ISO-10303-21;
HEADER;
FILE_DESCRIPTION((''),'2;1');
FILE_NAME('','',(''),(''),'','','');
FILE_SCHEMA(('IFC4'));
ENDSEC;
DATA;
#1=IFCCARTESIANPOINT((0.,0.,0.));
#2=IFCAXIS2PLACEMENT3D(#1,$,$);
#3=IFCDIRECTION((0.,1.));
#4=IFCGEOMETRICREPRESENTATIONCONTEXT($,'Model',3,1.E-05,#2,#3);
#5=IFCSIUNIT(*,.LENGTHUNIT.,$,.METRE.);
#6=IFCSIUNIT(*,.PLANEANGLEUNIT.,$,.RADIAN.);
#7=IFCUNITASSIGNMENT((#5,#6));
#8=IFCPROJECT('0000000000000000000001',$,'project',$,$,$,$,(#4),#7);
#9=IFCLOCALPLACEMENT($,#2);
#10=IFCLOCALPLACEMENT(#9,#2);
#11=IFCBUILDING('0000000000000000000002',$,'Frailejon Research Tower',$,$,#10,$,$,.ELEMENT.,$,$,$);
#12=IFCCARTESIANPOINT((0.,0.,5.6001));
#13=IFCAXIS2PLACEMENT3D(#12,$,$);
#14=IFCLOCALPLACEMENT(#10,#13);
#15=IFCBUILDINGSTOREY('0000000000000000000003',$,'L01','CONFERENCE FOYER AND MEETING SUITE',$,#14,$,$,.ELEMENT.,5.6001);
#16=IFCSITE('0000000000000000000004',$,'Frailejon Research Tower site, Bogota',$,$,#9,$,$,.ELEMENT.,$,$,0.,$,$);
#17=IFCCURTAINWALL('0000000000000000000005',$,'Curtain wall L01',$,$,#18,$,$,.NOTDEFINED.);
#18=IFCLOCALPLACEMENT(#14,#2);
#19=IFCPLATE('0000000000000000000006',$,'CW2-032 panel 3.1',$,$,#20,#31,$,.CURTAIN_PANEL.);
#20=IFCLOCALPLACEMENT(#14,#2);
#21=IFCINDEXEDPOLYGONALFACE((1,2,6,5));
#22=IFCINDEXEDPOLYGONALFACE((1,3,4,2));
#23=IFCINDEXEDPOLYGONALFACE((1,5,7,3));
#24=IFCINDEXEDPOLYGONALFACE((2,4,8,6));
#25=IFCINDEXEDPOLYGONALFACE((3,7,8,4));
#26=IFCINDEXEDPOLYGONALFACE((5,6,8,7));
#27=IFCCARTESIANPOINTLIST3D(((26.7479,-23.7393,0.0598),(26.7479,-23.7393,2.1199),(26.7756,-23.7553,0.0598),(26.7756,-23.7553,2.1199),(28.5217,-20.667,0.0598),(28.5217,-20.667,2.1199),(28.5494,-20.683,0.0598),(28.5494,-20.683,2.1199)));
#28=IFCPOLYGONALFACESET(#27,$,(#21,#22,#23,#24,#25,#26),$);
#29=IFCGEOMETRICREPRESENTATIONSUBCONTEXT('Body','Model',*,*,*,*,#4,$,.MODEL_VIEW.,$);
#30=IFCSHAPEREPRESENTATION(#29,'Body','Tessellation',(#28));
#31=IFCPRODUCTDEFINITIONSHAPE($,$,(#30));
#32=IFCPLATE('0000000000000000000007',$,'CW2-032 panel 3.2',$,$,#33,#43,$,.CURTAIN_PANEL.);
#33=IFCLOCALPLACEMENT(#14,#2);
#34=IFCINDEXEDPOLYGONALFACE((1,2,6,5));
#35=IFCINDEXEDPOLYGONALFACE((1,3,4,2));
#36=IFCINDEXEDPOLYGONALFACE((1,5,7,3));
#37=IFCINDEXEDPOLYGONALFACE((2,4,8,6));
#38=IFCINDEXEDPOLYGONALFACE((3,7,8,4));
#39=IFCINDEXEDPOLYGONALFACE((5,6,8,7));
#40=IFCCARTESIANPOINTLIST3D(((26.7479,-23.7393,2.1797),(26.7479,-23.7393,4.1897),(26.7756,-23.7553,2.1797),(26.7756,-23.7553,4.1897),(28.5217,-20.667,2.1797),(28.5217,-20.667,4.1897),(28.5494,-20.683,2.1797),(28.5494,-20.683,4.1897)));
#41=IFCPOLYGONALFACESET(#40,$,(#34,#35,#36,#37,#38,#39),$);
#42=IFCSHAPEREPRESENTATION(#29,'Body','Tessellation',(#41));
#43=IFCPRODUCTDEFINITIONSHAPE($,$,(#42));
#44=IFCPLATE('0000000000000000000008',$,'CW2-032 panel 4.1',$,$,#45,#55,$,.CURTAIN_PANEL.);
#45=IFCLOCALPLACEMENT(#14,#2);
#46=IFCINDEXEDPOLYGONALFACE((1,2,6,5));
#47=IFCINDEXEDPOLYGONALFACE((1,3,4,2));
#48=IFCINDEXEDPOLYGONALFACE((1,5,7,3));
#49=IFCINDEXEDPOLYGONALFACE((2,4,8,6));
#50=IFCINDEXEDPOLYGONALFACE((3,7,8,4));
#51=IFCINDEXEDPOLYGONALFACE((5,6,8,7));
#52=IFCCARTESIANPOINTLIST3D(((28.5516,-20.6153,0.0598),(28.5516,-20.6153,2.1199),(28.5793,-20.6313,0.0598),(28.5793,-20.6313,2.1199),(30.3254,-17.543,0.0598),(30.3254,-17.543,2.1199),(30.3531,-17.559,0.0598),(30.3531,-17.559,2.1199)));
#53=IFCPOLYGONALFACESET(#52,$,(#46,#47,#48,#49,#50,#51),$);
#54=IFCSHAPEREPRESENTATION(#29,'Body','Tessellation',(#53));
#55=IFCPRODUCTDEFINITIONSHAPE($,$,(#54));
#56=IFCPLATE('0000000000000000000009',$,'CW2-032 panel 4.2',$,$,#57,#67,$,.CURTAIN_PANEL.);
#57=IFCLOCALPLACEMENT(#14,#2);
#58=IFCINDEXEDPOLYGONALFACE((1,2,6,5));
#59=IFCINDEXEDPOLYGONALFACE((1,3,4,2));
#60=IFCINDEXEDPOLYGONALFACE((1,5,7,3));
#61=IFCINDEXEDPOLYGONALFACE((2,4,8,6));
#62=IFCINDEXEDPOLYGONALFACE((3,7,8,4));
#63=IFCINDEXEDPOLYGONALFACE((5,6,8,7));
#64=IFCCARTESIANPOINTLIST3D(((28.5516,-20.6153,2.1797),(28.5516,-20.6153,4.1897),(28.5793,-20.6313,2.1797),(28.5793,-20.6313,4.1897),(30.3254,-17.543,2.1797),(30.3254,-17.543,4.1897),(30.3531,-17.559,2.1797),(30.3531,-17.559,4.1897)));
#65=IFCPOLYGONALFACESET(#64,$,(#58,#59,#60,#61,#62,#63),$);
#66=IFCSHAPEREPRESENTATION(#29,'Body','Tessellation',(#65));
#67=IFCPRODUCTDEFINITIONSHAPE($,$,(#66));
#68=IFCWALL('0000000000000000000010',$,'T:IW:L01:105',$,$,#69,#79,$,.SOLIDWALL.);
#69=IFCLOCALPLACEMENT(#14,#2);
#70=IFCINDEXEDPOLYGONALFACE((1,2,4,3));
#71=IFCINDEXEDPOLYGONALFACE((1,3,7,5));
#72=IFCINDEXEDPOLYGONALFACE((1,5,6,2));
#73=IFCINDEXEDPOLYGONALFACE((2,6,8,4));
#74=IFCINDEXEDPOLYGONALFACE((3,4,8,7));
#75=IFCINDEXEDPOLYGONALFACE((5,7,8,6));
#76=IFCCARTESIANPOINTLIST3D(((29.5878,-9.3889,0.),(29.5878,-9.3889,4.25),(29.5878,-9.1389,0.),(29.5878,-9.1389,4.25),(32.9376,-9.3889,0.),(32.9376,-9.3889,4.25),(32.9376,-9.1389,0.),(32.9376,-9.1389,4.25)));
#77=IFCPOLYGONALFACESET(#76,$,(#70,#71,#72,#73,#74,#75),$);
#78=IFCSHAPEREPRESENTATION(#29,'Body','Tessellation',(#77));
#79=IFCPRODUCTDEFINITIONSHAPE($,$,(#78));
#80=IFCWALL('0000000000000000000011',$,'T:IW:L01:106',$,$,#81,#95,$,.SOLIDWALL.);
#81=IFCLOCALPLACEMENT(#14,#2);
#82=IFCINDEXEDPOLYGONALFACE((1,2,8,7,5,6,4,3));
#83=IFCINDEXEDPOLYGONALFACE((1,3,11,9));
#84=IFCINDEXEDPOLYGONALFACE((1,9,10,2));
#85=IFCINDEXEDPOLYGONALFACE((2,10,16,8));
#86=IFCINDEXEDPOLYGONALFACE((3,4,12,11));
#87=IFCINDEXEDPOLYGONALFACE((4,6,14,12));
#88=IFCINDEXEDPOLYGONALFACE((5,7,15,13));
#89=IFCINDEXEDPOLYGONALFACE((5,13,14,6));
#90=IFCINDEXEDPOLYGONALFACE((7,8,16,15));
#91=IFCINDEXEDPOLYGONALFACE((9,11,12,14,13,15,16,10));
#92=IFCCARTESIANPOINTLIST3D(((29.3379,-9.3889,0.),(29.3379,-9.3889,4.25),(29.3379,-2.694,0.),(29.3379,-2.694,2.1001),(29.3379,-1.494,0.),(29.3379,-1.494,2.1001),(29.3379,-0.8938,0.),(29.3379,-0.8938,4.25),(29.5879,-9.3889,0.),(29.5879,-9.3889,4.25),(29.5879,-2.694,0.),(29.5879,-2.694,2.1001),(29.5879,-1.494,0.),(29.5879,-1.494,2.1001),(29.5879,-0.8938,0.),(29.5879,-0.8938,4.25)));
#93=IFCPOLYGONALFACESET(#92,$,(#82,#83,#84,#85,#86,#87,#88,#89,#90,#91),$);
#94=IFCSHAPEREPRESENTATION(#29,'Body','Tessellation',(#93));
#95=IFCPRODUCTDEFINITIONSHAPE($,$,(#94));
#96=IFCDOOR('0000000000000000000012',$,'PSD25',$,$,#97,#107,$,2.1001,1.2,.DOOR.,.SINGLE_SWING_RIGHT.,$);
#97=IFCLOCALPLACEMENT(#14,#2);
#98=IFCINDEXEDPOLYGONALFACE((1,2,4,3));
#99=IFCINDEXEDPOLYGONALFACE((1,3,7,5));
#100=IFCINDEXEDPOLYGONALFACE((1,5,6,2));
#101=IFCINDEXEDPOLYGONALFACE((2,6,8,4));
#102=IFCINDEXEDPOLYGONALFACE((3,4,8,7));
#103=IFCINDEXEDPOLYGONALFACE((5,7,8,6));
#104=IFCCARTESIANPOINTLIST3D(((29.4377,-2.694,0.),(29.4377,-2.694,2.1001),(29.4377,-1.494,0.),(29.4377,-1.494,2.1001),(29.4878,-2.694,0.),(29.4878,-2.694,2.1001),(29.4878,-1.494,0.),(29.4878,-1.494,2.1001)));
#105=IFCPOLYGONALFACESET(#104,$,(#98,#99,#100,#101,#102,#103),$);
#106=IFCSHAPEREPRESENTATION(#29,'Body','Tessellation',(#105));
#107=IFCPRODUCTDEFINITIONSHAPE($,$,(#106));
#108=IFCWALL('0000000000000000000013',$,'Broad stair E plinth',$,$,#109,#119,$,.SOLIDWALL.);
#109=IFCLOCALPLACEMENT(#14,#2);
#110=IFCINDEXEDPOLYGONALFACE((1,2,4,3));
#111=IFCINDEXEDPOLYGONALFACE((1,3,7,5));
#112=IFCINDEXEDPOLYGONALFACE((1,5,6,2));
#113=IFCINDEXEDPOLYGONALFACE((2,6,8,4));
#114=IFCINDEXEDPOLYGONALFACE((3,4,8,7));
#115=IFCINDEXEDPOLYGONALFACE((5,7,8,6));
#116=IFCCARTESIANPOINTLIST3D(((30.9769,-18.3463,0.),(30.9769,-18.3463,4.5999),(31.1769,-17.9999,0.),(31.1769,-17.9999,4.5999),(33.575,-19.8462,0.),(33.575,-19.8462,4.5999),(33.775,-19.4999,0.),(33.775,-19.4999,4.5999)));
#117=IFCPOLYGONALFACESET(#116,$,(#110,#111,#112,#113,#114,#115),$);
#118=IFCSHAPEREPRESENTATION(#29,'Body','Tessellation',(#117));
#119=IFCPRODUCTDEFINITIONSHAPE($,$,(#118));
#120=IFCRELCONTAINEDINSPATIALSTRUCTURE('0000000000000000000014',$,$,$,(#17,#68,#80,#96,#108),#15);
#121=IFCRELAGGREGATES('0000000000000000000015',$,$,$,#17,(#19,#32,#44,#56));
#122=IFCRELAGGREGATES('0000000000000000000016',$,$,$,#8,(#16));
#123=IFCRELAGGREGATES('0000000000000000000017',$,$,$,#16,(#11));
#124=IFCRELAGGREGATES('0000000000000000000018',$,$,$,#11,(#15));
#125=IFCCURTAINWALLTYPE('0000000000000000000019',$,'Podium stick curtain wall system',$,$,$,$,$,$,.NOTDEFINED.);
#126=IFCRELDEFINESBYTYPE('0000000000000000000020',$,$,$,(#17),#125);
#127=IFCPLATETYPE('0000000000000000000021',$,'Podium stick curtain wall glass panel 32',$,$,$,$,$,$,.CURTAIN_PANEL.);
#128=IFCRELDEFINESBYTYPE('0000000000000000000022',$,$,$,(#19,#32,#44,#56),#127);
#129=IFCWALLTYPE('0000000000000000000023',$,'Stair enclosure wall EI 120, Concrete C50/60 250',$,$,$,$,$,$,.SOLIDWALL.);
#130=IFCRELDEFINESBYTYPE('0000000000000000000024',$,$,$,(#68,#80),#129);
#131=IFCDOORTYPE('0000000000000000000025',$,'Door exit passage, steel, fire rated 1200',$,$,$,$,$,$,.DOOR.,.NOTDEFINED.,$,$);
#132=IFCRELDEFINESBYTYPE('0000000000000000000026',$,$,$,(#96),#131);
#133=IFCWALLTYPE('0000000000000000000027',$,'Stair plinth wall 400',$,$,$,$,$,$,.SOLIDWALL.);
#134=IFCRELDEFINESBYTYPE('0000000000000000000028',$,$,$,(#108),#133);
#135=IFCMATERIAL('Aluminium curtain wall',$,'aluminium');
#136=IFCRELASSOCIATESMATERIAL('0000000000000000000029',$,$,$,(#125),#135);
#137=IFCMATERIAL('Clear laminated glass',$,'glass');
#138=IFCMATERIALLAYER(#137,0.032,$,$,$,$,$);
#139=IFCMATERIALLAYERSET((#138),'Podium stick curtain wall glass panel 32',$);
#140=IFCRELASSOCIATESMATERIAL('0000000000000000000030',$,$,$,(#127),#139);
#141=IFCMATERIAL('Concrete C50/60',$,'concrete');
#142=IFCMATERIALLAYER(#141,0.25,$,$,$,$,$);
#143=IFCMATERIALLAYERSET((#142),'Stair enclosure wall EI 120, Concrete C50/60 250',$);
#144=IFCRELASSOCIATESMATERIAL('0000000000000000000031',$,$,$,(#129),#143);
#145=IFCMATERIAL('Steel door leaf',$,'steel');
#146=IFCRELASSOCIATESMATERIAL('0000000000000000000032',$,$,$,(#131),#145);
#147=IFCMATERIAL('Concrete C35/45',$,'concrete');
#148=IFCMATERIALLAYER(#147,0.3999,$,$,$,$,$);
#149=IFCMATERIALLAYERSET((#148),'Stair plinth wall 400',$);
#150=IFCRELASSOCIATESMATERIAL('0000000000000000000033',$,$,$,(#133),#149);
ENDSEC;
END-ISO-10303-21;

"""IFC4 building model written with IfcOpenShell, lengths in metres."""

from ifc_helpers import new_model, si_unit, direction, frame, frame_2d, origin, origin_2d, place, context, subcontext, project, spatial, rectangle, extrude, material, layer, layer_set, type_object, element, fill, aggregate, save


model = new_model("IFC4")

# Units and contexts
model_context = context("Model", 3, precision=1e-05, world=origin(), true_north=direction((0.0, 1.0)))
body_context = subcontext(model_context, "Body", "Model", "MODEL_VIEW")
ifc_project = project(units=[si_unit("LENGTHUNIT", "METRE"), si_unit("PLANEANGLEUNIT", "RADIAN")], contexts=[model_context])

# Site, building, storey
site_placement = place(None, origin())
site = spatial("IfcSite", under=ifc_project, at=site_placement, Name="Frailejon Research Tower site, Bogota", CompositionType="ELEMENT", RefElevation=0.0)
building_placement = place(site_placement, origin())
building = spatial("IfcBuilding", under=site, at=building_placement, Name="Frailejon Research Tower", CompositionType="ELEMENT")
storey_placement = place(building_placement, frame((0.0, 0.0, 5.6001)))
storey = spatial("IfcBuildingStorey", under=building, at=storey_placement, Name="L01", Description="CONFERENCE FOYER AND MEETING SUITE", CompositionType="ELEMENT", Elevation=5.6001)

# Curtain wall, plates
ifc_material_1 = material(Name="Aluminium curtain wall", Category="aluminium")
curtain_wall_type = type_object("IfcCurtainWallType", Name="Podium stick curtain wall system", PredefinedType="NOTDEFINED", material=ifc_material_1)
curtain_wall_placement = place(storey_placement, origin())
curtain_wall = element("IfcCurtainWall", 1, at=curtain_wall_placement, inside=storey, type_object=curtain_wall_type, Name="Curtain wall L01", PredefinedType="NOTDEFINED")
ifc_material_2 = material(Name="Clear laminated glass", Category="glass")
ifc_layer_1 = layer(ifc_material_2, 0.032)
ifc_layer_set_1 = layer_set([ifc_layer_1], Name="Podium stick curtain wall glass panel 32")
plate_type = type_object("IfcPlateType", Name="Podium stick curtain wall glass panel 32", PredefinedType="CURTAIN_PANEL", material=ifc_layer_set_1)
plate_1_placement = place(storey_placement, frame((27.6487, -22.2112, 0.0598), z_axis=(0.0, 0.0, 1.0), x_axis=(0.499998, 0.866026, 0.0)))
plate_1 = element("IfcPlate", 2, at=plate_1_placement, type_object=plate_type, Name="CW2-032 panel 3.1", PredefinedType="CURTAIN_PANEL", context=body_context, shape_type="SweptSolid", body=[
    extrude(rectangle(XDim=3.5476, YDim=0.032, at=origin_2d()), origin(), (0.0, 0.0, 1.0), 2.0601),
])
plate_2_placement = place(storey_placement, frame((27.6487, -22.2112, 2.1797), z_axis=(0.0, 0.0, 1.0), x_axis=(0.499998, 0.866026, 0.0)))
plate_2 = element("IfcPlate", 3, at=plate_2_placement, type_object=plate_type, Name="CW2-032 panel 3.2", PredefinedType="CURTAIN_PANEL", context=body_context, shape_type="SweptSolid", body=[
    extrude(rectangle(XDim=3.5476, YDim=0.032, at=origin_2d()), origin(), (0.0, 0.0, 1.0), 2.01),
])
plate_3_placement = place(storey_placement, frame((29.4524, -19.0872, 0.0598), z_axis=(0.0, 0.0, 1.0), x_axis=(0.499998, 0.866026, 0.0)))
plate_3 = element("IfcPlate", 4, at=plate_3_placement, type_object=plate_type, Name="CW2-032 panel 4.1", PredefinedType="CURTAIN_PANEL", context=body_context, shape_type="SweptSolid", body=[
    extrude(rectangle(XDim=3.5476, YDim=0.032, at=origin_2d()), origin(), (0.0, 0.0, 1.0), 2.0601),
])
plate_4_placement = place(storey_placement, frame((29.4524, -19.0872, 2.1797), z_axis=(0.0, 0.0, 1.0), x_axis=(0.499998, 0.866026, 0.0)))
plate_4 = element("IfcPlate", 5, at=plate_4_placement, type_object=plate_type, Name="CW2-032 panel 4.2", PredefinedType="CURTAIN_PANEL", context=body_context, shape_type="SweptSolid", body=[
    extrude(rectangle(XDim=3.5476, YDim=0.032, at=origin_2d()), origin(), (0.0, 0.0, 1.0), 2.01),
])
aggregate(curtain_wall, [plate_1, plate_2, plate_3, plate_4])

# Wall
ifc_material_3 = material(Name="Concrete C50/60", Category="concrete")
ifc_layer_2 = layer(ifc_material_3, 0.25)
ifc_layer_set_2 = layer_set([ifc_layer_2], Name="Stair enclosure wall EI 120, Concrete C50/60 250")
wall_type_1 = type_object("IfcWallType", Name="Stair enclosure wall EI 120, Concrete C50/60 250", PredefinedType="SOLIDWALL", material=ifc_layer_set_2)
wall_1_placement = place(storey_placement, frame((29.5879, -9.2639, 0.0), z_axis=(0.0, 0.0, 1.0), x_axis=(1.0, 0.0, 0.0)))
element("IfcWall", 6, at=wall_1_placement, inside=storey, type_object=wall_type_1, Name="T:IW:L01:105", PredefinedType="SOLIDWALL", context=body_context, shape_type="SweptSolid", body=[
    extrude(rectangle(XDim=3.3499, YDim=0.25, at=frame_2d((1.6748, 0.0))), origin(), (0.0, 0.0, 1.0), 4.25),
])

# Wall, opening, door
wall_2_placement = place(storey_placement, frame((29.4629, -9.3889, 0.0), z_axis=(0.0, 0.0, 1.0), x_axis=(0.0, 1.0, 0.0)))
wall_2 = element("IfcWall", 7, at=wall_2_placement, inside=storey, type_object=wall_type_1, Name="T:IW:L01:106", PredefinedType="SOLIDWALL", context=body_context, shape_type="SweptSolid", body=[
    extrude(rectangle(XDim=8.4951, YDim=0.25, at=frame_2d((4.2476, 0.0))), origin(), (0.0, 0.0, 1.0), 4.25),
])
opening_placement = place(wall_2_placement, frame((7.895, 0.0, 0.0), z_axis=(0.0, 0.0, 1.0), x_axis=(-1.0, 0.0, 0.0)))
opening = element("IfcOpeningElement", 8, at=opening_placement, cuts=wall_2, PredefinedType="OPENING", context=body_context, shape_type="SweptSolid", body=[
    extrude(rectangle(XDim=1.2, YDim=2.1001, at=frame_2d((0.6001, 1.05))), frame((0.0, 0.135, 0.0), z_axis=(0.0, -1.0, 0.0), x_axis=(1.0, 0.0, 0.0)), (0.0, 0.0, 1.0), 0.27),
])
ifc_material_4 = material(Name="Steel door leaf", Category="steel")
door_type = type_object("IfcDoorType", Name="Door exit passage, steel, fire rated 1200", OperationType="NOTDEFINED", PredefinedType="DOOR", material=ifc_material_4)
door_placement = place(opening_placement, origin())
door = element("IfcDoor", 9, at=door_placement, inside=storey, type_object=door_type, Name="PSD25", OperationType="SINGLE_SWING_RIGHT", OverallHeight=2.1001, OverallWidth=1.2, PredefinedType="DOOR", context=body_context, shape_type="SweptSolid", body=[
    extrude(rectangle(XDim=1.2, YDim=2.1001, at=frame_2d((0.6001, 1.05))), frame((0.0, 0.0249, 0.0), z_axis=(0.0, -1.0, 0.0), x_axis=(1.0, 0.0, 0.0)), (0.0, 0.0, 1.0), 0.05),
])
fill(opening, door)

# Wall
ifc_material_5 = material(Name="Concrete C35/45", Category="concrete")
ifc_layer_3 = layer(ifc_material_5, 0.3999)
ifc_layer_set_3 = layer_set([ifc_layer_3], Name="Stair plinth wall 400")
wall_type_2 = type_object("IfcWallType", Name="Stair plinth wall 400", PredefinedType="SOLIDWALL", material=ifc_layer_set_3)
wall_3_placement = place(storey_placement, frame((31.0769, -18.1731, 0.0), z_axis=(0.0, 0.0, 1.0), x_axis=(0.866031, -0.49999, 0.0)))
element("IfcWall", 10, at=wall_3_placement, inside=storey, type_object=wall_type_2, Name="Broad stair E plinth", PredefinedType="SOLIDWALL", context=body_context, shape_type="SweptSolid", body=[
    extrude(rectangle(XDim=3.0, YDim=0.3999, at=frame_2d((1.5, 0.0))), origin(), (0.0, 0.0, 1.0), 4.5999),
])

save(model, "model.ifc")
